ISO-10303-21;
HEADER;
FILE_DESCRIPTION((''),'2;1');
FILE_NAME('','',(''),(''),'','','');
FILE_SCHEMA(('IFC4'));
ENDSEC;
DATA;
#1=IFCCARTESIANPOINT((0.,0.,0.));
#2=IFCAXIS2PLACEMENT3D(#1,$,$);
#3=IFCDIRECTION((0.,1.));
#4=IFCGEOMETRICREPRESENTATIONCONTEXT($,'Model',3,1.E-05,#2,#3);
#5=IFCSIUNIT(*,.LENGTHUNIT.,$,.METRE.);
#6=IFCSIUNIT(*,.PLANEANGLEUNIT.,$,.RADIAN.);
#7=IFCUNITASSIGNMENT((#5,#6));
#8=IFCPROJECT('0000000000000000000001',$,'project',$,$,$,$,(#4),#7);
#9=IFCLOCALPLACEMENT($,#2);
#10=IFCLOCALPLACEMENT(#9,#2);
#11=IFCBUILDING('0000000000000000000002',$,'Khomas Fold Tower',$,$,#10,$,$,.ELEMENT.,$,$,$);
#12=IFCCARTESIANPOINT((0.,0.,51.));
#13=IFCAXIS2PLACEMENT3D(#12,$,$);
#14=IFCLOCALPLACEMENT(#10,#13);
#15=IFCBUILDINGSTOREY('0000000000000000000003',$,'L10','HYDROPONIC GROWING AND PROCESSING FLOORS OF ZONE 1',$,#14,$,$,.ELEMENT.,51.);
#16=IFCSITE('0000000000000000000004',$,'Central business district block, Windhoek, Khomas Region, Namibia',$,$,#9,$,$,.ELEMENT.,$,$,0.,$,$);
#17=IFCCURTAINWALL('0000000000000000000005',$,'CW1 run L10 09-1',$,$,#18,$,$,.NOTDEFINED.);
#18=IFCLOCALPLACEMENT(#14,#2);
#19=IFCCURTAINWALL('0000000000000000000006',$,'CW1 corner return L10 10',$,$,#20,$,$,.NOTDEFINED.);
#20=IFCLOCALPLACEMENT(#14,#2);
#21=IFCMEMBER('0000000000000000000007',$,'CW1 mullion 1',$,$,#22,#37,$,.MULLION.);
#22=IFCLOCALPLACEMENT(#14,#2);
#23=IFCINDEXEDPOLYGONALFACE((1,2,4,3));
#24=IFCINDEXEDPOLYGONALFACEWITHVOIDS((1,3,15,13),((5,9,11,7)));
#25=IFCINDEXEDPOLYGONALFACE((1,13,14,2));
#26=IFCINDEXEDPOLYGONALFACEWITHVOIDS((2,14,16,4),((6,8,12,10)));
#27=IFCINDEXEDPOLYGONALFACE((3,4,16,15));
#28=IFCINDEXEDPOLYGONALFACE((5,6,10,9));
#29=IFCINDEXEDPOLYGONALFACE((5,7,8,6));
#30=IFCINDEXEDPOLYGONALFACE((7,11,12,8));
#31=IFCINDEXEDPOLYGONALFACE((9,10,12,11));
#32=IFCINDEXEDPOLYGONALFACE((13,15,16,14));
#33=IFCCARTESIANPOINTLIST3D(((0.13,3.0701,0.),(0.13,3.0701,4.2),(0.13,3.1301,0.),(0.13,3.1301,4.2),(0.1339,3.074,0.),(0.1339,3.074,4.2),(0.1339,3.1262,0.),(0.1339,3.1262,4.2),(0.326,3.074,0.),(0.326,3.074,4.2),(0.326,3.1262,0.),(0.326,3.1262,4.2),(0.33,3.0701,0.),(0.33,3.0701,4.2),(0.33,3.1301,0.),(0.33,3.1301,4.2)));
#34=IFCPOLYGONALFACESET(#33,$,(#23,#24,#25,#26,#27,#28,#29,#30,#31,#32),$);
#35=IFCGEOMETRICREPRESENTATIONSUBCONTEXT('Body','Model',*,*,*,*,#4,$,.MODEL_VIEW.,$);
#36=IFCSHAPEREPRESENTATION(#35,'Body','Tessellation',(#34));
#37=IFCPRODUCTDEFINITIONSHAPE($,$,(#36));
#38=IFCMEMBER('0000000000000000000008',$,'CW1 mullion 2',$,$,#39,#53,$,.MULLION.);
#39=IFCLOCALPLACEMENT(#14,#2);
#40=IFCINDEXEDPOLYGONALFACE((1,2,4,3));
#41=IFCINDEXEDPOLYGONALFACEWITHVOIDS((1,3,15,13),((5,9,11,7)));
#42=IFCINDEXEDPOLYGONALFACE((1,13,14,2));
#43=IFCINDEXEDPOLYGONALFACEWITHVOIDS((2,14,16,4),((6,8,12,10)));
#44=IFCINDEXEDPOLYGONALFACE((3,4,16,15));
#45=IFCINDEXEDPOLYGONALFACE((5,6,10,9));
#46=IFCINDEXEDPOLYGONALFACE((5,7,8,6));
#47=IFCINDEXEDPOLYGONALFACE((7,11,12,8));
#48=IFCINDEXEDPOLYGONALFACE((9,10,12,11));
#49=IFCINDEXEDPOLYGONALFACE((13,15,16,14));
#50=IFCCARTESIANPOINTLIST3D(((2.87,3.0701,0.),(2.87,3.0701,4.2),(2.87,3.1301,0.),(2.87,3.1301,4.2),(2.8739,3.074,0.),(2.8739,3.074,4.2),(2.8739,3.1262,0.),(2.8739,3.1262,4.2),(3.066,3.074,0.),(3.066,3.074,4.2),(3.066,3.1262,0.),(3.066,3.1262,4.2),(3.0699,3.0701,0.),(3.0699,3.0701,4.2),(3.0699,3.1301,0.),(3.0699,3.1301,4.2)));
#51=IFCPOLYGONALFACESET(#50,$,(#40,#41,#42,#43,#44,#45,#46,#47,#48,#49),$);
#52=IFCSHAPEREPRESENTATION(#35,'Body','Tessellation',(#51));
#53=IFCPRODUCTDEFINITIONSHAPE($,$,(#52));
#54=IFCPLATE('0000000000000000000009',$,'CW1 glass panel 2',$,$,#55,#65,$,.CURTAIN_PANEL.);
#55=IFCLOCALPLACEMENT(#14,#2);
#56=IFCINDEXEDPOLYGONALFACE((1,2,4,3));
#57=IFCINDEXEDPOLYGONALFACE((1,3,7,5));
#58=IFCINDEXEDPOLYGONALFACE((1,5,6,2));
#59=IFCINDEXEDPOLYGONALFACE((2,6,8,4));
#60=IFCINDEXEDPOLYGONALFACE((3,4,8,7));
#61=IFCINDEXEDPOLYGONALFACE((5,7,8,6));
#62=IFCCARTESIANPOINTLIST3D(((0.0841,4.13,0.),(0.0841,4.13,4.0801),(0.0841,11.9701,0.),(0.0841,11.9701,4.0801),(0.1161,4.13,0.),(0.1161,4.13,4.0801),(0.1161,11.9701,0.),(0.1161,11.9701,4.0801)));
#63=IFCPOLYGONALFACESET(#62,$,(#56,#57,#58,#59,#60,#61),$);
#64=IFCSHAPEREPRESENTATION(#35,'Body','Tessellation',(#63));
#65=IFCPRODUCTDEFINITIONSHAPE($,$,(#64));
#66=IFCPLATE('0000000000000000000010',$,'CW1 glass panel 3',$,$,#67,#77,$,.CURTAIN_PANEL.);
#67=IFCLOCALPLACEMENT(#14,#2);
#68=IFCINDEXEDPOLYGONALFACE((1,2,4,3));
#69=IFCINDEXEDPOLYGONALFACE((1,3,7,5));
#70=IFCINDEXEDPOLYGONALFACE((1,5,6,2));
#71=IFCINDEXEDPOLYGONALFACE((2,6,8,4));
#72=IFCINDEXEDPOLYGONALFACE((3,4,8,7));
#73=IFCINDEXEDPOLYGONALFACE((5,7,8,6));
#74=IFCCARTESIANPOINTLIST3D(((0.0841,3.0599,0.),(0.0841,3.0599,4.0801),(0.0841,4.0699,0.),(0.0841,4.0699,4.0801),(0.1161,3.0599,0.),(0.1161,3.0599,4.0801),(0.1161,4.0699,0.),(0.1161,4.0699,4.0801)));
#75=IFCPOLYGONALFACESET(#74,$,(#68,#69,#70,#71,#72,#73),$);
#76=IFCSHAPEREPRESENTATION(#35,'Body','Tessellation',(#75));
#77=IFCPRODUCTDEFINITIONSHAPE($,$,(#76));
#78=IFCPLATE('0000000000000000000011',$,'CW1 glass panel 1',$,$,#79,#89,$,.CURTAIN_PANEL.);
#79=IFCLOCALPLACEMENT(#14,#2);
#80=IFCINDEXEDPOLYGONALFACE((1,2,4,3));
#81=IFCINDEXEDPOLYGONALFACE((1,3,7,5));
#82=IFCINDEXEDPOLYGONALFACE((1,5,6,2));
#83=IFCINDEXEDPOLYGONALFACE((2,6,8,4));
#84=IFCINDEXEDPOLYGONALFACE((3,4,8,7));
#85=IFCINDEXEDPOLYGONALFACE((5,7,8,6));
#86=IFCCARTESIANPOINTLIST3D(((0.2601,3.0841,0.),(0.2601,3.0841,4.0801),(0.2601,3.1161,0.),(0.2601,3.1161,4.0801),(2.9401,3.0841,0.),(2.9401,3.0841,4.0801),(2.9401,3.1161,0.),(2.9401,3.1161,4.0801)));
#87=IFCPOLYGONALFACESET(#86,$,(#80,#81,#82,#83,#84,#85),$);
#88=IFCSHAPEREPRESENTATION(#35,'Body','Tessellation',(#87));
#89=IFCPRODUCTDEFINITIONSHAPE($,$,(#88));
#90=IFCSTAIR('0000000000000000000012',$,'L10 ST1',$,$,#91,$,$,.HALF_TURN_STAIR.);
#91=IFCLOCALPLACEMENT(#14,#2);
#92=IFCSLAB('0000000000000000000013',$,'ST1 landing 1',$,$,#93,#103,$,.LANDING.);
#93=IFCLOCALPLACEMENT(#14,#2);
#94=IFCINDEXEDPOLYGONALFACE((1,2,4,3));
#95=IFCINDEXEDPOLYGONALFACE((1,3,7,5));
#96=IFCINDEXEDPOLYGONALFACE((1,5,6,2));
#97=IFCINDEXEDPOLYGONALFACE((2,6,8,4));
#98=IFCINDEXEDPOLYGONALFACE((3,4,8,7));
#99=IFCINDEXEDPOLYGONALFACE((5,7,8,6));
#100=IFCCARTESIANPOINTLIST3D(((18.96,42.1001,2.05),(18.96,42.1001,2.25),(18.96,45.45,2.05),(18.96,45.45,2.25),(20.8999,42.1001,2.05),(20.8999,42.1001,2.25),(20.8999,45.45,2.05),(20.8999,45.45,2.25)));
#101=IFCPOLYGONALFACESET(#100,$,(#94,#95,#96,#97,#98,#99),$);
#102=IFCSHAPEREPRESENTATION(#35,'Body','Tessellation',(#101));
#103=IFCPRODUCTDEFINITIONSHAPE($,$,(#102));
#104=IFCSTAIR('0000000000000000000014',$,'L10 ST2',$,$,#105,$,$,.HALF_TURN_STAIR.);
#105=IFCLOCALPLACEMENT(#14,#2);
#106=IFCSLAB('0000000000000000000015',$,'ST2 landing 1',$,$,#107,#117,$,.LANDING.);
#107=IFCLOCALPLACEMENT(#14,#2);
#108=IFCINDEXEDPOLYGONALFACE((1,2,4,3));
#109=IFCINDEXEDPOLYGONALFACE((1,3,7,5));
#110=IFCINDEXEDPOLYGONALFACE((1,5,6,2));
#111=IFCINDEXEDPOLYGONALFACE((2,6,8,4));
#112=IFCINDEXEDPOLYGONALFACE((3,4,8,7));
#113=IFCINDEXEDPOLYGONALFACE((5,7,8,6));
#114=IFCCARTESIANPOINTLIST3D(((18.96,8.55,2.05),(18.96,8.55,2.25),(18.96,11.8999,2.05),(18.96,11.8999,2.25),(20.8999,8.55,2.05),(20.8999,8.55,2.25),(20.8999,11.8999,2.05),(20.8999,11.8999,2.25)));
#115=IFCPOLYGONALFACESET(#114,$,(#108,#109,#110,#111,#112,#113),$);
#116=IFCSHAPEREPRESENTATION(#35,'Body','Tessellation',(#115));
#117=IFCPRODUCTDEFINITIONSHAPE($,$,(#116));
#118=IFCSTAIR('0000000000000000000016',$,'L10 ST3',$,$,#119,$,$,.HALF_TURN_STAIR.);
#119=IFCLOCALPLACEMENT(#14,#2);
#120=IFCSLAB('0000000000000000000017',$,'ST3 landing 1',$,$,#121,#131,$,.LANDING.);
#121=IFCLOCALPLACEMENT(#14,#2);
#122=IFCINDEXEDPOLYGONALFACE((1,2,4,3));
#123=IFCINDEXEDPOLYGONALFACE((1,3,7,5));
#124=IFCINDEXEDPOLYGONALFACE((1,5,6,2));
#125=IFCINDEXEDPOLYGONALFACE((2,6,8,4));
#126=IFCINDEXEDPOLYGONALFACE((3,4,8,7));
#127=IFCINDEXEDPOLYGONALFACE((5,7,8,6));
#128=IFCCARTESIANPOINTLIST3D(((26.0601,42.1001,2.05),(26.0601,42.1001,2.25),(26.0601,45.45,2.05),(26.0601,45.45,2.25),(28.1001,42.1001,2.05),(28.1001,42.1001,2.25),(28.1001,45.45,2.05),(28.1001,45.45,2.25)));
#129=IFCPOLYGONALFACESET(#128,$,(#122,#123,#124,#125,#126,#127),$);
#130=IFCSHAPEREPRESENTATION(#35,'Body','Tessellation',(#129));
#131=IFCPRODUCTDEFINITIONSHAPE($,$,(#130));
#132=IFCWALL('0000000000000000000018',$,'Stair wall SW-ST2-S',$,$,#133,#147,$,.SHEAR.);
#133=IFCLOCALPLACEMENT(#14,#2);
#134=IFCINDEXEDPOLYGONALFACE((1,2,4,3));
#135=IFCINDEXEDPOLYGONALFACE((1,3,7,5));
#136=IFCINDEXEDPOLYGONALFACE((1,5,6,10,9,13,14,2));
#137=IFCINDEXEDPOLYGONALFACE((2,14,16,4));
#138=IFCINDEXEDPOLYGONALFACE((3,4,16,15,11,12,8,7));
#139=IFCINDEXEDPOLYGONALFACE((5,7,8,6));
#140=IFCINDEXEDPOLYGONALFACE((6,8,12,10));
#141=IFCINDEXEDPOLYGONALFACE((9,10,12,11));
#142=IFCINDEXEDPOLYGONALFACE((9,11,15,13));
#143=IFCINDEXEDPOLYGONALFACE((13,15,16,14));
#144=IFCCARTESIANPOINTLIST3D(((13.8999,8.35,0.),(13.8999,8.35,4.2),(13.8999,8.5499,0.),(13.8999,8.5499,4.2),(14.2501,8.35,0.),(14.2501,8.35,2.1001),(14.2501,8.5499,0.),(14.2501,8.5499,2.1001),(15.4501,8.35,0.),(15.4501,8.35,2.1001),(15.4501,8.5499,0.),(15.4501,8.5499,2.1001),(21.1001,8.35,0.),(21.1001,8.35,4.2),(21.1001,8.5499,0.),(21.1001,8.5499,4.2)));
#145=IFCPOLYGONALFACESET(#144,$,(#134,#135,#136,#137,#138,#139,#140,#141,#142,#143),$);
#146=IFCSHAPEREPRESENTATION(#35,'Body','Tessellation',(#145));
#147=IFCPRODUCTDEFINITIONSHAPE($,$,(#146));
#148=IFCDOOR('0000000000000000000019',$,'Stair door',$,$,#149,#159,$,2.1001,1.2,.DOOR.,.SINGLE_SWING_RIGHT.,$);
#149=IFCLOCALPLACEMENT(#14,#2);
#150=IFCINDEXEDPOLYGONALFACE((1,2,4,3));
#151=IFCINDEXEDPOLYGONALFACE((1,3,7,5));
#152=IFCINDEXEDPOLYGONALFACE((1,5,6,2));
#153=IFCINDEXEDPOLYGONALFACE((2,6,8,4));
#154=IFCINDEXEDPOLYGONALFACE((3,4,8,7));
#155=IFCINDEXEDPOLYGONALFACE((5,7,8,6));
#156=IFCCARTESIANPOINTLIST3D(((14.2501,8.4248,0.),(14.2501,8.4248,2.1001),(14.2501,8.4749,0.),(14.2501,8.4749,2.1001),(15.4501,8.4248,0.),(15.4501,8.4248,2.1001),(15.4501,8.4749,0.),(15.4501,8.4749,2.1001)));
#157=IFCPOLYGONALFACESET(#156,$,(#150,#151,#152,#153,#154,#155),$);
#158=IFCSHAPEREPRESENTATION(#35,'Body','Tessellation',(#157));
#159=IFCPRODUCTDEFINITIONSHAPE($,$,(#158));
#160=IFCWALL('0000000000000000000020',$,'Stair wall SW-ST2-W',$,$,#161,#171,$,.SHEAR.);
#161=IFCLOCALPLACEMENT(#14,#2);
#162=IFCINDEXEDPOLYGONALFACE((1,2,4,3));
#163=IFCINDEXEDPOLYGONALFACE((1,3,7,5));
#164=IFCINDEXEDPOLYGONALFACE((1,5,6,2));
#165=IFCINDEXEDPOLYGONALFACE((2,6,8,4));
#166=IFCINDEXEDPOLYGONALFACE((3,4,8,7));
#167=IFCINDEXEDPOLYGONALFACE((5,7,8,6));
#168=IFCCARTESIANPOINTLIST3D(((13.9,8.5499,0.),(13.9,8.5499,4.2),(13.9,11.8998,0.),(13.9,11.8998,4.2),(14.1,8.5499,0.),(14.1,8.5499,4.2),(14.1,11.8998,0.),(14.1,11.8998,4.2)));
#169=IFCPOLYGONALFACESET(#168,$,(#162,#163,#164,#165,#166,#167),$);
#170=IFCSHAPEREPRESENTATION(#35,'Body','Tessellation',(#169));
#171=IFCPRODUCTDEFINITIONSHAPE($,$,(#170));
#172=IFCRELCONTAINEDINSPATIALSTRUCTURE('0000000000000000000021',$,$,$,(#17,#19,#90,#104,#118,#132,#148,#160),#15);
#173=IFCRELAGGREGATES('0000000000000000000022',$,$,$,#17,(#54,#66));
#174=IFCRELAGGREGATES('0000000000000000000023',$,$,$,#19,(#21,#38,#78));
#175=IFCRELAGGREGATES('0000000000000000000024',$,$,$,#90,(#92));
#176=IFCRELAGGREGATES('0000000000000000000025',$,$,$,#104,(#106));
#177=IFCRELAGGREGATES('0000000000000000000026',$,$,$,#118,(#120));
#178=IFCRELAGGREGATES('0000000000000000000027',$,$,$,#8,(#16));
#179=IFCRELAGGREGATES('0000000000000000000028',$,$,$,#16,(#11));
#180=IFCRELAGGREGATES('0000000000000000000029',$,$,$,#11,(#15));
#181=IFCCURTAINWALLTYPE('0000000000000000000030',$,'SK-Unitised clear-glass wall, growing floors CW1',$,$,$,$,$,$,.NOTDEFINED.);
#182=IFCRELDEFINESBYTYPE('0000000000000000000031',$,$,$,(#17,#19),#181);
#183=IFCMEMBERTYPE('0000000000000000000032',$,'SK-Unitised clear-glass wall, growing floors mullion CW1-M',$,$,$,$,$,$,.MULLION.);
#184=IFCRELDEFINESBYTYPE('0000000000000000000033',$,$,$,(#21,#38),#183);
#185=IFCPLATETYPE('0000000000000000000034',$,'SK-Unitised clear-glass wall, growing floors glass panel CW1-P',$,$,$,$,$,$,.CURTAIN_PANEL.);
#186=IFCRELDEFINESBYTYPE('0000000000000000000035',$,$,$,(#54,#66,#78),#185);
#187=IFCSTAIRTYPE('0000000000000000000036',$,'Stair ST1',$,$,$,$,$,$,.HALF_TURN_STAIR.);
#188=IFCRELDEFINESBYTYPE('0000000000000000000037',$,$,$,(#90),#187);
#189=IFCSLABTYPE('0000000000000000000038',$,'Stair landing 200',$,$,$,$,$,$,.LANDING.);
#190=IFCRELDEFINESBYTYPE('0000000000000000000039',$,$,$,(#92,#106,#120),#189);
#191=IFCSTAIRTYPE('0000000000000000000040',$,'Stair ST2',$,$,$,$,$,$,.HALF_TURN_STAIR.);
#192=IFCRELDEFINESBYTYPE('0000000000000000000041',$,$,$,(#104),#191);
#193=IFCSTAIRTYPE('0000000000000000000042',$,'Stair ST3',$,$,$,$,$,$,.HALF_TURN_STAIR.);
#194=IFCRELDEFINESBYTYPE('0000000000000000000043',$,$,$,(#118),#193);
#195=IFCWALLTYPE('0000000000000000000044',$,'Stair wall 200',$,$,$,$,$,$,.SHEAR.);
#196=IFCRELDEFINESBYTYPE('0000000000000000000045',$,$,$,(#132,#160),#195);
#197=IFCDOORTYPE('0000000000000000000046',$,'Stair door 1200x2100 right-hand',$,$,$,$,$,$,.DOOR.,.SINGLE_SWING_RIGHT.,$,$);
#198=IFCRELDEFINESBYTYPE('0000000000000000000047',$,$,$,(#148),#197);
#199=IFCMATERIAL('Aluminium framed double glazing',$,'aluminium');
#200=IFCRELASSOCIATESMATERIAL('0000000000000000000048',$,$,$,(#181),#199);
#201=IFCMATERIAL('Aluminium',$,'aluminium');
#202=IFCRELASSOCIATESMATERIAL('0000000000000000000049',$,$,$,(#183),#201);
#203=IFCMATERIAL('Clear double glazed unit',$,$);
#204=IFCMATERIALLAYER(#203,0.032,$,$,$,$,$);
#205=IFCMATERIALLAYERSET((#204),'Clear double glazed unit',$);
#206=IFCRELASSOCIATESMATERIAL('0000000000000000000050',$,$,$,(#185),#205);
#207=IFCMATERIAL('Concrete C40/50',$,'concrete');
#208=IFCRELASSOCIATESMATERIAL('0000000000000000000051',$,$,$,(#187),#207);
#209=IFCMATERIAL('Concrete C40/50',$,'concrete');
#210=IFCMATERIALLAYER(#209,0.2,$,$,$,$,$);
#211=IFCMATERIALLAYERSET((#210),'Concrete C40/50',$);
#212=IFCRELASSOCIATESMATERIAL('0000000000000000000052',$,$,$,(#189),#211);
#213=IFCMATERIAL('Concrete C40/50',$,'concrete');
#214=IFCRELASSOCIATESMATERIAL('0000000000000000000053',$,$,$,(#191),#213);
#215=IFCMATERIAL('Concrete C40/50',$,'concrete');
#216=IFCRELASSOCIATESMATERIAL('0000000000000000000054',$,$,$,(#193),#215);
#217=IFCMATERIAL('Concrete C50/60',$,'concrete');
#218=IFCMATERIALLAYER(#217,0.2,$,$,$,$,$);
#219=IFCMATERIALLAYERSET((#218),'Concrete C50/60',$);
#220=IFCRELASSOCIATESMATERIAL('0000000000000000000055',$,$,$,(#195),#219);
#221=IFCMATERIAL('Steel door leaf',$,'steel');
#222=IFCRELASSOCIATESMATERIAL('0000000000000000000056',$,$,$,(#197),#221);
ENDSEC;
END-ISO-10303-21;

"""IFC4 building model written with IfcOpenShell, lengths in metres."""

from ifc_helpers import new_model, si_unit, direction, frame, frame_2d, origin, origin_2d, place, context, subcontext, project, spatial, polyline, rectangle, hollow_rectangle, outline, extrude, source, transform, mapped, material, layer, layer_set, material_profile, profile_set, type_object, element, fill, aggregate, save


model = new_model("IFC4")

# Units and contexts
model_context = context("Model", 3, precision=1e-05, world=origin(), true_north=direction((0.0, 1.0)))
body_context = subcontext(model_context, "Body", "Model", "MODEL_VIEW")
ifc_project = project(units=[si_unit("LENGTHUNIT", "METRE"), si_unit("PLANEANGLEUNIT", "RADIAN")], contexts=[model_context])

# Site, building, storey
site_placement = place(None, origin())
site = spatial("IfcSite", under=ifc_project, at=site_placement, Name="Central business district block, Windhoek, Khomas Region, Namibia", CompositionType="ELEMENT", RefElevation=0.0)
building_placement = place(site_placement, origin())
building = spatial("IfcBuilding", under=site, at=building_placement, Name="Khomas Fold Tower", CompositionType="ELEMENT")
storey_placement = place(building_placement, frame((0.0, 0.0, 51.0)))
storey = spatial("IfcBuildingStorey", under=building, at=storey_placement, Name="L10", Description="HYDROPONIC GROWING AND PROCESSING FLOORS OF ZONE 1", CompositionType="ELEMENT", Elevation=51.0)

# Shared definitions
ifc_material_1 = material(Name="Aluminium framed double glazing", Category="aluminium")
curtain_wall_type = type_object("IfcCurtainWallType", Name="SK-Unitised clear-glass wall, growing floors CW1", PredefinedType="NOTDEFINED", material=ifc_material_1)

# Curtain walls
curtain_wall_1_placement = place(storey_placement, origin())
curtain_wall_1 = element("IfcCurtainWall", 1, at=curtain_wall_1_placement, inside=storey, type_object=curtain_wall_type, Name="CW1 run L10 09-1", PredefinedType="NOTDEFINED")
curtain_wall_2_placement = place(storey_placement, origin())
curtain_wall_2 = element("IfcCurtainWall", 2, at=curtain_wall_2_placement, inside=storey, type_object=curtain_wall_type, Name="CW1 corner return L10 10", PredefinedType="NOTDEFINED")

# Members
ifc_material_2 = material(Name="Aluminium", Category="aluminium")
ifc_material_profile_1 = material_profile(ifc_material_2, hollow_rectangle(XDim=0.0601, YDim=0.2, WallThickness=0.0039, at=origin_2d()), Name="SK-Unitised clear-glass wall, growing floors mullion CW1-M")
ifc_profile_set_1 = profile_set([ifc_material_profile_1], Name="Aluminium")
member_type_1 = type_object("IfcMemberType", Name="SK-Unitised clear-glass wall, growing floors mullion CW1-M", PredefinedType="MULLION", material=ifc_profile_set_1)
shared_shape_1 = source(origin(), body_context, "Body", "SweptSolid", [
    extrude(hollow_rectangle(XDim=0.0601, YDim=0.2, WallThickness=0.0039, at=origin_2d()), origin(), (0.0, 0.0, 1.0), 4.2),
])
member_1_placement = place(storey_placement, frame((0.23, 3.1001, 0.0), z_axis=(0.0, 0.0, 1.0), x_axis=(0.0, 1.0, 0.0)))
member_1 = element("IfcMember", 3, at=member_1_placement, type_object=member_type_1, Name="CW1 mullion 1", PredefinedType="MULLION", context=body_context, shape_type="MappedRepresentation", body=[
    mapped(shared_shape_1, transform((0.0, 0.0, 0.0))),
])
member_2_placement = place(storey_placement, frame((2.97, 3.1001, 0.0), z_axis=(0.0, 0.0, 1.0), x_axis=(0.0, 1.0, 0.0)))
member_2 = element("IfcMember", 4, at=member_2_placement, type_object=member_type_1, Name="CW1 mullion 2", PredefinedType="MULLION", context=body_context, shape_type="MappedRepresentation", body=[
    mapped(shared_shape_1, transform((0.0, 0.0, 0.0))),
])

# Plates
ifc_material_3 = material(Name="Clear double glazed unit")
ifc_layer_1 = layer(ifc_material_3, 0.032)
ifc_layer_set_1 = layer_set([ifc_layer_1], Name="Clear double glazed unit")
plate_type = type_object("IfcPlateType", Name="SK-Unitised clear-glass wall, growing floors glass panel CW1-P", PredefinedType="CURTAIN_PANEL", material=ifc_layer_set_1)
shared_shape_2 = source(origin(), body_context, "Body", "SweptSolid", [
    extrude(rectangle(XDim=7.8401, YDim=0.032, at=origin_2d()), origin(), (0.0, 0.0, 1.0), 4.0801),
])
plate_1_placement = place(storey_placement, frame((0.1001, 8.05, 0.0), z_axis=(0.0, 0.0, 1.0), x_axis=(0.0, -1.0, 0.0)))
plate_1 = element("IfcPlate", 5, at=plate_1_placement, type_object=plate_type, Name="CW1 glass panel 2", PredefinedType="CURTAIN_PANEL", context=body_context, shape_type="MappedRepresentation", body=[
    mapped(shared_shape_2, transform((0.0, 0.0, 0.0))),
])
shared_shape_3 = source(origin(), body_context, "Body", "SweptSolid", [
    extrude(rectangle(XDim=1.01, YDim=0.032, at=origin_2d()), origin(), (0.0, 0.0, 1.0), 4.0801),
])
plate_2_placement = place(storey_placement, frame((0.1001, 3.5649, 0.0), z_axis=(0.0, 0.0, 1.0), x_axis=(0.0, -1.0, 0.0)))
plate_2 = element("IfcPlate", 6, at=plate_2_placement, type_object=plate_type, Name="CW1 glass panel 3", PredefinedType="CURTAIN_PANEL", context=body_context, shape_type="MappedRepresentation", body=[
    mapped(shared_shape_3, transform((0.0, 0.0, 0.0))),
])
aggregate(curtain_wall_1, [plate_1, plate_2])
shared_shape_4 = source(origin(), body_context, "Body", "SweptSolid", [
    extrude(rectangle(XDim=2.6799, YDim=0.032, at=origin_2d()), origin(), (0.0, 0.0, 1.0), 4.0801),
])
plate_3_placement = place(storey_placement, frame((1.6001, 3.1001, 0.0), z_axis=(0.0, 0.0, 1.0), x_axis=(1.0, 0.0, 0.0)))
plate_3 = element("IfcPlate", 7, at=plate_3_placement, type_object=plate_type, Name="CW1 glass panel 1", PredefinedType="CURTAIN_PANEL", context=body_context, shape_type="MappedRepresentation", body=[
    mapped(shared_shape_4, transform((0.0, 0.0, 0.0))),
])
aggregate(curtain_wall_2, [member_1, member_2, plate_3])

# Stairs, slabs
ifc_material_4 = material(Name="Concrete C40/50", Category="concrete")
stair_type_1 = type_object("IfcStairType", Name="Stair ST1", PredefinedType="HALF_TURN_STAIR", material=ifc_material_4)
stair_1_placement = place(storey_placement, origin())
stair_1 = element("IfcStair", 8, at=stair_1_placement, inside=storey, type_object=stair_type_1, Name="L10 ST1", PredefinedType="HALF_TURN_STAIR")
ifc_material_5 = material(Name="Concrete C40/50", Category="concrete")
ifc_layer_2 = layer(ifc_material_5, 0.2)
ifc_layer_set_2 = layer_set([ifc_layer_2], Name="Concrete C40/50")
slab_type = type_object("IfcSlabType", Name="Stair landing 200", PredefinedType="LANDING", material=ifc_layer_set_2)
shared_shape_5 = source(origin(), body_context, "Body", "SweptSolid", [
    extrude(outline(polyline([(18.96, 42.1001), (20.8999, 42.1001), (20.8999, 45.45), (18.96, 45.45), (18.96, 42.1001)])), origin(), (0.0, 0.0, 1.0), 0.2),
])
slab_1_placement = place(storey_placement, frame((0.0, 0.0, 2.05)))
slab_1 = element("IfcSlab", 9, at=slab_1_placement, type_object=slab_type, Name="ST1 landing 1", PredefinedType="LANDING", context=body_context, shape_type="MappedRepresentation", body=[
    mapped(shared_shape_5, transform((0.0, 0.0, 0.0))),
])
aggregate(stair_1, [slab_1])
ifc_material_6 = material(Name="Concrete C40/50", Category="concrete")
stair_type_2 = type_object("IfcStairType", Name="Stair ST2", PredefinedType="HALF_TURN_STAIR", material=ifc_material_6)
stair_2_placement = place(storey_placement, origin())
stair_2 = element("IfcStair", 10, at=stair_2_placement, inside=storey, type_object=stair_type_2, Name="L10 ST2", PredefinedType="HALF_TURN_STAIR")
shared_shape_6 = source(origin(), body_context, "Body", "SweptSolid", [
    extrude(outline(polyline([(18.96, 8.55), (20.8999, 8.55), (20.8999, 11.8999), (18.96, 11.8999), (18.96, 8.55)])), origin(), (0.0, 0.0, 1.0), 0.2),
])
slab_2_placement = place(storey_placement, frame((0.0, 0.0, 2.05)))
slab_2 = element("IfcSlab", 11, at=slab_2_placement, type_object=slab_type, Name="ST2 landing 1", PredefinedType="LANDING", context=body_context, shape_type="MappedRepresentation", body=[
    mapped(shared_shape_6, transform((0.0, 0.0, 0.0))),
])
aggregate(stair_2, [slab_2])
ifc_material_7 = material(Name="Concrete C40/50", Category="concrete")
stair_type_3 = type_object("IfcStairType", Name="Stair ST3", PredefinedType="HALF_TURN_STAIR", material=ifc_material_7)
stair_3_placement = place(storey_placement, origin())
stair_3 = element("IfcStair", 12, at=stair_3_placement, inside=storey, type_object=stair_type_3, Name="L10 ST3", PredefinedType="HALF_TURN_STAIR")
shared_shape_7 = source(origin(), body_context, "Body", "SweptSolid", [
    extrude(outline(polyline([(26.0601, 42.1001), (28.1001, 42.1001), (28.1001, 45.45), (26.0601, 45.45), (26.0601, 42.1001)])), origin(), (0.0, 0.0, 1.0), 0.2),
])
slab_3_placement = place(storey_placement, frame((0.0, 0.0, 2.05)))
slab_3 = element("IfcSlab", 13, at=slab_3_placement, type_object=slab_type, Name="ST3 landing 1", PredefinedType="LANDING", context=body_context, shape_type="MappedRepresentation", body=[
    mapped(shared_shape_7, transform((0.0, 0.0, 0.0))),
])
aggregate(stair_3, [slab_3])

# Wall, opening, door
ifc_material_8 = material(Name="Concrete C50/60", Category="concrete")
ifc_layer_3 = layer(ifc_material_8, 0.2)
ifc_layer_set_3 = layer_set([ifc_layer_3], Name="Concrete C50/60")
wall_type_1 = type_object("IfcWallType", Name="Stair wall 200", PredefinedType="SHEAR", material=ifc_layer_set_3)
shared_shape_8 = source(origin(), body_context, "Body", "SweptSolid", [
    extrude(rectangle(XDim=7.2002, YDim=0.2, at=frame_2d((3.6001, 0.0))), origin(), (0.0, 0.0, 1.0), 4.2),
])
wall_1_placement = place(storey_placement, frame((13.8999, 8.45, 0.0), z_axis=(0.0, 0.0, 1.0), x_axis=(1.0, 0.0, 0.0)))
wall_1 = element("IfcWall", 14, at=wall_1_placement, inside=storey, type_object=wall_type_1, Name="Stair wall SW-ST2-S", PredefinedType="SHEAR", context=body_context, shape_type="MappedRepresentation", body=[
    mapped(shared_shape_8, transform((0.0, 0.0, 0.0))),
])
shared_shape_9 = source(origin(), body_context, "Body", "SweptSolid", [
    extrude(rectangle(XDim=1.2, YDim=2.1001, at=frame_2d((0.6001, 1.05))), frame((0.0, 0.1099, 0.0), z_axis=(0.0, -1.0, 0.0), x_axis=(1.0, 0.0, 0.0)), (0.0, 0.0, 1.0), 0.22),
])
opening_1_placement = place(wall_1_placement, frame((0.3501, 0.0, 0.0)))
opening_1 = element("IfcOpeningElement", 15, at=opening_1_placement, cuts=wall_1, PredefinedType="OPENING", context=body_context, shape_type="MappedRepresentation", body=[
    mapped(shared_shape_9, transform((0.0, 0.0, 0.0))),
])
ifc_material_9 = material(Name="Steel door leaf", Category="steel")
door_type_1 = type_object("IfcDoorType", Name="Stair door 1200x2100 right-hand", OperationType="SINGLE_SWING_RIGHT", PredefinedType="DOOR", material=ifc_material_9)
shared_shape_10 = source(origin(), body_context, "Body", "SweptSolid", [
    extrude(rectangle(XDim=1.2, YDim=2.1001, at=frame_2d((0.6001, 1.05))), frame((0.0, 0.0249, 0.0), z_axis=(0.0, -1.0, 0.0), x_axis=(1.0, 0.0, 0.0)), (0.0, 0.0, 1.0), 0.05),
])
door_1_placement = place(opening_1_placement, origin())
door_1 = element("IfcDoor", 16, at=door_1_placement, inside=storey, type_object=door_type_1, Name="Stair door", OperationType="SINGLE_SWING_RIGHT", OverallHeight=2.1001, OverallWidth=1.2, PredefinedType="DOOR", context=body_context, shape_type="MappedRepresentation", body=[
    mapped(shared_shape_10, transform((0.0, 0.0, 0.0))),
])
fill(opening_1, door_1)

# Wall
shared_shape_11 = source(origin(), body_context, "Body", "SweptSolid", [
    extrude(rectangle(XDim=3.3499, YDim=0.2, at=frame_2d((1.6748, 0.0))), origin(), (0.0, 0.0, 1.0), 4.2),
])
wall_2_placement = place(storey_placement, frame((14.0, 8.55, 0.0), z_axis=(0.0, 0.0, 1.0), x_axis=(0.0, 1.0, 0.0)))
element("IfcWall", 17, at=wall_2_placement, inside=storey, type_object=wall_type_1, Name="Stair wall SW-ST2-W", PredefinedType="SHEAR", context=body_context, shape_type="MappedRepresentation", body=[
    mapped(shared_shape_11, transform((0.0, 0.0, 0.0))),
])

save(model, "model.ifc")
